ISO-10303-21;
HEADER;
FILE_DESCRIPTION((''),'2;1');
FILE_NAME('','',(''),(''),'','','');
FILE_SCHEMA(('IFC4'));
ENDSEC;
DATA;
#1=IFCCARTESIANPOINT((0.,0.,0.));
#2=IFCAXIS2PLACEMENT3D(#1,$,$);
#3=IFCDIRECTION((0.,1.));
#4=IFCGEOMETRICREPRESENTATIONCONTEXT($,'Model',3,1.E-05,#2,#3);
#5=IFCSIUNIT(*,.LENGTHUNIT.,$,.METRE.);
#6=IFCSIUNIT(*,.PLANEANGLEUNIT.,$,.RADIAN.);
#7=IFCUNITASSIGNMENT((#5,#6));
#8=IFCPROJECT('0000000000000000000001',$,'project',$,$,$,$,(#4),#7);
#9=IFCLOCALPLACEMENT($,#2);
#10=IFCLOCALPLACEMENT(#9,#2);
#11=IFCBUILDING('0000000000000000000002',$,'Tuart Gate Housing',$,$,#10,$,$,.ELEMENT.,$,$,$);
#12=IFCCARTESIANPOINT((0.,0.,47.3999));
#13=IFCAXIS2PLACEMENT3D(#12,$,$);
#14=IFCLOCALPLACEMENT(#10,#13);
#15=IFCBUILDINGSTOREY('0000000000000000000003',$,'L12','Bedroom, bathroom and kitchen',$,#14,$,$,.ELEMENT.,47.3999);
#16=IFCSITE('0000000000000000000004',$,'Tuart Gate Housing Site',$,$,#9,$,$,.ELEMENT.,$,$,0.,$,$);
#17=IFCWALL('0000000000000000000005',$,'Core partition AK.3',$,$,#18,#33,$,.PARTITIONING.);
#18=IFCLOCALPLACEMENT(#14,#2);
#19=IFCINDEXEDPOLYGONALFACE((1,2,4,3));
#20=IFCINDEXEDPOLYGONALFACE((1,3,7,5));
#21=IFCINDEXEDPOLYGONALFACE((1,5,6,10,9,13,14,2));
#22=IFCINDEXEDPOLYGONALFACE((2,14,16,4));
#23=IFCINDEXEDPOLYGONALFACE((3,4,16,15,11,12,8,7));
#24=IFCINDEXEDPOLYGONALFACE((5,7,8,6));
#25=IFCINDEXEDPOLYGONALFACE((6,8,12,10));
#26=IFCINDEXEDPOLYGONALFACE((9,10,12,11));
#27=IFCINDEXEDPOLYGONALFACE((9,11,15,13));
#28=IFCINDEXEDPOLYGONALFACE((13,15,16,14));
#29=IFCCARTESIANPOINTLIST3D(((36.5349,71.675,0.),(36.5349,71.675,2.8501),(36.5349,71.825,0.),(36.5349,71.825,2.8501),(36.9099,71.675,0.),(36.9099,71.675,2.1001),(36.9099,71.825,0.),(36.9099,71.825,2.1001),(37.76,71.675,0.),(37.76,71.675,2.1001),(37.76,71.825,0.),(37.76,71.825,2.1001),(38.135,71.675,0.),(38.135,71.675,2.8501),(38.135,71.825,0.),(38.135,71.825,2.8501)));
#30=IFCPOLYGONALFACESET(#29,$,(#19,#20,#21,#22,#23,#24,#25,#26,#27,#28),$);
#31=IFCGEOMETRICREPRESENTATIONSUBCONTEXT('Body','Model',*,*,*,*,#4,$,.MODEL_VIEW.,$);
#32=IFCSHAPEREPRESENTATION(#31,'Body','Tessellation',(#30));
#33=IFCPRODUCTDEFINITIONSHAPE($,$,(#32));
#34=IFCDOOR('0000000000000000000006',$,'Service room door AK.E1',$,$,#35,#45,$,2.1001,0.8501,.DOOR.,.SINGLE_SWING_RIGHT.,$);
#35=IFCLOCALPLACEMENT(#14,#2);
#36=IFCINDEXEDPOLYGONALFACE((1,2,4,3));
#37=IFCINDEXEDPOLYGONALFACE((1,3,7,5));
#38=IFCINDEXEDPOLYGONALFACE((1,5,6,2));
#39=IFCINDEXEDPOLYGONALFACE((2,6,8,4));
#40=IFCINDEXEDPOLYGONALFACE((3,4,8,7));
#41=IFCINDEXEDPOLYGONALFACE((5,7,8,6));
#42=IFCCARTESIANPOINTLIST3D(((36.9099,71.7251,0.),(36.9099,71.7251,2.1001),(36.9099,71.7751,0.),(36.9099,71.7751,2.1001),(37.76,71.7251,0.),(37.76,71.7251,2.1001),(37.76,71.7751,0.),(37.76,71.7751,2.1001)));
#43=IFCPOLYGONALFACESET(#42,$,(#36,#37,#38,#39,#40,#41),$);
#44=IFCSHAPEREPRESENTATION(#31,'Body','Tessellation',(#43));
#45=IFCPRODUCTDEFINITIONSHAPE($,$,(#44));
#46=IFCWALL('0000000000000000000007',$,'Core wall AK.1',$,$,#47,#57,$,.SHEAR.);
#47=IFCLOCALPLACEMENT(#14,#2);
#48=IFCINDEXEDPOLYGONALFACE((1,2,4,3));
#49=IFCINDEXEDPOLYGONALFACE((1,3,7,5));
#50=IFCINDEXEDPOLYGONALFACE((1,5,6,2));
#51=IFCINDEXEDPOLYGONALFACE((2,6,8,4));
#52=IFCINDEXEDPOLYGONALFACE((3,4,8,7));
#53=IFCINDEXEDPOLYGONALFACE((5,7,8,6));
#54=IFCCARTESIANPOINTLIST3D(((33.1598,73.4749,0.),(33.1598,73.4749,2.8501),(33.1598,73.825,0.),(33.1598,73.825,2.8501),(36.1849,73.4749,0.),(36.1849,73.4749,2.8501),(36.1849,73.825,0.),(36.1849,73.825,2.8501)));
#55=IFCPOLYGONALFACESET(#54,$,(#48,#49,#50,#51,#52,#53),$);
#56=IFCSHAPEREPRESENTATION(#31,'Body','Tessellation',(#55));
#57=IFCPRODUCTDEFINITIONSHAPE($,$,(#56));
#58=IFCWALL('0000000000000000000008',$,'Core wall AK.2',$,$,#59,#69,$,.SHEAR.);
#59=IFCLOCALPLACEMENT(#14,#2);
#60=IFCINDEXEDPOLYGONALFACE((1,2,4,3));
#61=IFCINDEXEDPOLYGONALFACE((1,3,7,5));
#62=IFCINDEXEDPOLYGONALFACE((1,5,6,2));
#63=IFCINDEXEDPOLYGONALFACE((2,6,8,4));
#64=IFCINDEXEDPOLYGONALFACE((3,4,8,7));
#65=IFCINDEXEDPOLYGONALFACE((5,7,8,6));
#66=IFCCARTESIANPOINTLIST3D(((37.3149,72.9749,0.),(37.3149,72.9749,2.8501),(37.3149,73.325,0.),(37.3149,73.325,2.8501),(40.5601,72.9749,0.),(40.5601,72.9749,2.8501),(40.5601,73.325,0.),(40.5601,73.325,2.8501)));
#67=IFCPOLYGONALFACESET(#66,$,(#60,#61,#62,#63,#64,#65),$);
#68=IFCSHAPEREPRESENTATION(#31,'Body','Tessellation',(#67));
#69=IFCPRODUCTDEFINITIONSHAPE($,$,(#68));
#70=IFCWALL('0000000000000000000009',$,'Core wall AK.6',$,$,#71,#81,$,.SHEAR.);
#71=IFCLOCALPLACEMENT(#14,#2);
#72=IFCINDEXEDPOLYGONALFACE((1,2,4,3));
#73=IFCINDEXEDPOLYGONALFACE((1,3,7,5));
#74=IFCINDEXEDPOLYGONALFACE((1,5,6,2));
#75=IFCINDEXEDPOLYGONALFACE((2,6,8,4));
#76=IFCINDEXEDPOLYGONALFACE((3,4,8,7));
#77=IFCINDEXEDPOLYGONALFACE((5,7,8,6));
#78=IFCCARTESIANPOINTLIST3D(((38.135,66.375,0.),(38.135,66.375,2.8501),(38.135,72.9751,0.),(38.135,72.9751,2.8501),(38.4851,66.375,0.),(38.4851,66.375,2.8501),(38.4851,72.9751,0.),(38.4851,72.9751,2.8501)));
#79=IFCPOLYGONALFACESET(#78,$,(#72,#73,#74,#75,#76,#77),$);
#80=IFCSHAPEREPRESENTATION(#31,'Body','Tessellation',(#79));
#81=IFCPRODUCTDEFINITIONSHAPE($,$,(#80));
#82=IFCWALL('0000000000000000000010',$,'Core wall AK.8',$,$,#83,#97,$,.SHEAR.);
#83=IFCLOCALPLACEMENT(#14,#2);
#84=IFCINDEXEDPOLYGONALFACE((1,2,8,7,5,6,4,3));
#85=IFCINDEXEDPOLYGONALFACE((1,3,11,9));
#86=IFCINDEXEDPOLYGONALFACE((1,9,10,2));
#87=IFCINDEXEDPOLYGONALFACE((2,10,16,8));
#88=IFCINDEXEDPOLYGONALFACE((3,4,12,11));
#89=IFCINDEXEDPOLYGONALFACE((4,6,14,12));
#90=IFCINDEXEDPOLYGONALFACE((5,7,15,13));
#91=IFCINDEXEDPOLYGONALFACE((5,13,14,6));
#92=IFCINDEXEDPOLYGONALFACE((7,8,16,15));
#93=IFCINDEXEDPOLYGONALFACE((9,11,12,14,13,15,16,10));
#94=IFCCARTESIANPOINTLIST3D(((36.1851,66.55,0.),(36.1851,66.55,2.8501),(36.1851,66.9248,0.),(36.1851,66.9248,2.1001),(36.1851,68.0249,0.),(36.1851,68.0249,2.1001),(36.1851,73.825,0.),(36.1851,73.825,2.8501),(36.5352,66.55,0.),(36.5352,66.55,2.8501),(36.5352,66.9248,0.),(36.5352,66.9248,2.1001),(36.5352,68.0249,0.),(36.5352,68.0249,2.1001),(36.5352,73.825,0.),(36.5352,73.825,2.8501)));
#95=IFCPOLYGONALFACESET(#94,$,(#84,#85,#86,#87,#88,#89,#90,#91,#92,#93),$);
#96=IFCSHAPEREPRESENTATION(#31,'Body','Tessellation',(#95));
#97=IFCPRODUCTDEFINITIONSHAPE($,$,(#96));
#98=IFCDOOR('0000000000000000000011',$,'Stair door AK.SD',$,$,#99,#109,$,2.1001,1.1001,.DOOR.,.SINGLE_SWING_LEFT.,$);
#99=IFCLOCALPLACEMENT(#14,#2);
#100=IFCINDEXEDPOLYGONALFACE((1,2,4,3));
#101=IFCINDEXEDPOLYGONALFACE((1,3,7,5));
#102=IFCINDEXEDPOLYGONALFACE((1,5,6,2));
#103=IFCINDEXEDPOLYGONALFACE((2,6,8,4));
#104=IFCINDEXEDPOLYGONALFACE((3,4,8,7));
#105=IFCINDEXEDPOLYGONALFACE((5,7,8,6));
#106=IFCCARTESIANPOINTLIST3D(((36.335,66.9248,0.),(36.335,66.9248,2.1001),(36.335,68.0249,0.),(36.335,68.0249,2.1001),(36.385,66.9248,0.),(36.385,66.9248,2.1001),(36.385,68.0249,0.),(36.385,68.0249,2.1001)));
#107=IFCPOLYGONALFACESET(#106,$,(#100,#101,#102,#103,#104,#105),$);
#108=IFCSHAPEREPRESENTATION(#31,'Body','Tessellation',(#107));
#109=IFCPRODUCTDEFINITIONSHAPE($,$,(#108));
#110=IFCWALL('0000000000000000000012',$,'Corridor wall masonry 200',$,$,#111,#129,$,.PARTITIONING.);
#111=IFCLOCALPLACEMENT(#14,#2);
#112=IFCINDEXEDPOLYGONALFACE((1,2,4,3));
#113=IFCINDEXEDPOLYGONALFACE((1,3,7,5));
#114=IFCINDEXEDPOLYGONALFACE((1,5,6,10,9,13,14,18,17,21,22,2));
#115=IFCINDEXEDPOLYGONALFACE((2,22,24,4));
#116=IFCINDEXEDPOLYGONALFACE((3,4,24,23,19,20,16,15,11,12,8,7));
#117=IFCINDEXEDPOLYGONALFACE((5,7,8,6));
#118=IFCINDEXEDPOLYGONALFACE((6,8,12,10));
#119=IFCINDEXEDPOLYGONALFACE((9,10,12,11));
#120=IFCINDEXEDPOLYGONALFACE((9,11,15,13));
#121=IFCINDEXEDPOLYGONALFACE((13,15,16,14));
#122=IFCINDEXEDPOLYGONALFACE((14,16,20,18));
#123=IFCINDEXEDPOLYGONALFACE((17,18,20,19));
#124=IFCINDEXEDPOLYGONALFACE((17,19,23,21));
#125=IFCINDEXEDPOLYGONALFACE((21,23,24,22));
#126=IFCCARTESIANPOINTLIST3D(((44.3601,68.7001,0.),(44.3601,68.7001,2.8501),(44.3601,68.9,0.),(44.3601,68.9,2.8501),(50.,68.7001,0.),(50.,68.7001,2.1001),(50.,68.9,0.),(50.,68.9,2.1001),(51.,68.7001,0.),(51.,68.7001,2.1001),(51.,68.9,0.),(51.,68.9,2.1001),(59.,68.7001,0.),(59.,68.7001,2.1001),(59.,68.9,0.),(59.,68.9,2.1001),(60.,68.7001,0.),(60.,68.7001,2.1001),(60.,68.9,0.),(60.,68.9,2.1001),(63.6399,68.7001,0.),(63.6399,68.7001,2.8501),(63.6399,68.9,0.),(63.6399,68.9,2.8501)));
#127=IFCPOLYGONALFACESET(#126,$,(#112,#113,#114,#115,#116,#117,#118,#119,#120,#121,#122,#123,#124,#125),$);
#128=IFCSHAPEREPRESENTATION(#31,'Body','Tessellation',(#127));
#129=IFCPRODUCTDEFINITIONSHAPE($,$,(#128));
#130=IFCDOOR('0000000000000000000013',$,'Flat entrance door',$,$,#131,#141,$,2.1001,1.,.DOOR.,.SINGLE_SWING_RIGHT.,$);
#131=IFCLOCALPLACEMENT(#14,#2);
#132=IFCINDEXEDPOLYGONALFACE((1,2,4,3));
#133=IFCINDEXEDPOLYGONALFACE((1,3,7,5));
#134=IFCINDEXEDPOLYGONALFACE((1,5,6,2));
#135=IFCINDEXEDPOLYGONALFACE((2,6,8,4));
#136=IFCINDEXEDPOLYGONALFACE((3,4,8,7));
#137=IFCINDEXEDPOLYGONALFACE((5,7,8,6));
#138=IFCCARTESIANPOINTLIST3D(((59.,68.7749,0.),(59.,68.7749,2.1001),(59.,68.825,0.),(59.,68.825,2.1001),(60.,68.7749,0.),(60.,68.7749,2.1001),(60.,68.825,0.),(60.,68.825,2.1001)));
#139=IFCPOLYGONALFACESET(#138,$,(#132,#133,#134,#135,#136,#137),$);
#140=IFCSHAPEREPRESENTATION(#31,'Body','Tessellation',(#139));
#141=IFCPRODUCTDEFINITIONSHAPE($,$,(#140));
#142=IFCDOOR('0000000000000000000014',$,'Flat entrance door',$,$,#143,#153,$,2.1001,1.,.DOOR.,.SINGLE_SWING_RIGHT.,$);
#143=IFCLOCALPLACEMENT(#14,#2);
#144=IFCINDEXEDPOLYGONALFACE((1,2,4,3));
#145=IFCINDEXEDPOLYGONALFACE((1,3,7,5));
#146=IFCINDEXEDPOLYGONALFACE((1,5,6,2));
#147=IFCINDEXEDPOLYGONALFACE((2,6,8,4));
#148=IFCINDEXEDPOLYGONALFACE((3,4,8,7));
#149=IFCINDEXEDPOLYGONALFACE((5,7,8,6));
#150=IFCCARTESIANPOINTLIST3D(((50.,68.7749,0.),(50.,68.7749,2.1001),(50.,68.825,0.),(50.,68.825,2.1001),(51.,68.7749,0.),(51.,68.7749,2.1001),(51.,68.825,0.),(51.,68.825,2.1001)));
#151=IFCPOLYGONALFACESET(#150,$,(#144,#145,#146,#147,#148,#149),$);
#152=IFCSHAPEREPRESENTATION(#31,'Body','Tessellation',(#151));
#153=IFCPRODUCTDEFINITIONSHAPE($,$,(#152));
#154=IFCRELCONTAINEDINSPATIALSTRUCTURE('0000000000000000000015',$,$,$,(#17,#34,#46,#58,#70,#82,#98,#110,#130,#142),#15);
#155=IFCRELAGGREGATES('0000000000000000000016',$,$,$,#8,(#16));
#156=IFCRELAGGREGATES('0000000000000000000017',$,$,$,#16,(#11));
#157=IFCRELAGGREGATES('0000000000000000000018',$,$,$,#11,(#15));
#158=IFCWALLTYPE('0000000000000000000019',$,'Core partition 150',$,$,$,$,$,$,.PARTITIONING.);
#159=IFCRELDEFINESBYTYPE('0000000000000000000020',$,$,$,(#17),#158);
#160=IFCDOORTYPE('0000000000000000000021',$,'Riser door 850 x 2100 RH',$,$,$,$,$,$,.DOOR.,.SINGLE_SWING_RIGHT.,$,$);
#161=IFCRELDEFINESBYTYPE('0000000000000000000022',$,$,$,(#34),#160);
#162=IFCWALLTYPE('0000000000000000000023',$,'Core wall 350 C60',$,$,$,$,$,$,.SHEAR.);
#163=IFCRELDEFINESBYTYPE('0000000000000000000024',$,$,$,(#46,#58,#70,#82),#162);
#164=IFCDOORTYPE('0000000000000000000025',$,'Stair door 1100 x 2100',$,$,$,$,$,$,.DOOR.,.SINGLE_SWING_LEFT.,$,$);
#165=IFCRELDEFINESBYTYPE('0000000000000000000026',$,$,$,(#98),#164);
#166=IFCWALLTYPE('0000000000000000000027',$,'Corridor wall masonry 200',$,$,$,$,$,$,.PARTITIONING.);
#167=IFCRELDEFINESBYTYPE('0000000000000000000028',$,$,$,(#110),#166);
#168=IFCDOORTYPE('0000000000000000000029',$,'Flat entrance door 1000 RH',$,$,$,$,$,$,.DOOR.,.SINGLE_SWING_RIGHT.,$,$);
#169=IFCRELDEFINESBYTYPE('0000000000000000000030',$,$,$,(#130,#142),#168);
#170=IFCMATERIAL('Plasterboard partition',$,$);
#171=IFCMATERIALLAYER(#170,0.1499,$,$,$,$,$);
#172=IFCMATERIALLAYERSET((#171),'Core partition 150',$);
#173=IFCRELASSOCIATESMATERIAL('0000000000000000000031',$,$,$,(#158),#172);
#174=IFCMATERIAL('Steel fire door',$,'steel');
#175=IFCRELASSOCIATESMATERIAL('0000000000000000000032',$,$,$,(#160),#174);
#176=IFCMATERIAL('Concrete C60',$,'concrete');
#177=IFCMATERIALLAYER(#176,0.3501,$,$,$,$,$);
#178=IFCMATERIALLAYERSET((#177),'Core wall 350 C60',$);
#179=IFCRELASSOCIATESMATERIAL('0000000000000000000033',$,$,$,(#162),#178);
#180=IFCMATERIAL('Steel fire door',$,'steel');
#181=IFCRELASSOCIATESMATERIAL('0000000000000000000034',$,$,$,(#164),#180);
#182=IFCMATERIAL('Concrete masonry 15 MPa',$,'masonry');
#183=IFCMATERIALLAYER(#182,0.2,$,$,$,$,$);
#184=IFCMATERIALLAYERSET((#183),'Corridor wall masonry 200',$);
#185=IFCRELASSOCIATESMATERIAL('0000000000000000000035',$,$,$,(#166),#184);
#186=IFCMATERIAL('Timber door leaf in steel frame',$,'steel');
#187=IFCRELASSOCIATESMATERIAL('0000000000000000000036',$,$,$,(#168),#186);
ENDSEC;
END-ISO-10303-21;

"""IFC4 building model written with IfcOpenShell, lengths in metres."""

from ifc_helpers import new_model, si_unit, direction, frame, frame_2d, origin, place, context, subcontext, project, spatial, rectangle, extrude, material, layer, layer_set, type_object, element, fill, save


model = new_model("IFC4")

# Units and contexts
model_context = context("Model", 3, precision=1e-05, world=origin(), true_north=direction((0.0, 1.0)))
body_context = subcontext(model_context, "Body", "Model", "MODEL_VIEW")
ifc_project = project(units=[si_unit("LENGTHUNIT", "METRE"), si_unit("PLANEANGLEUNIT", "RADIAN")], contexts=[model_context])

# Site, building, storey
site_placement = place(None, origin())
site = spatial("IfcSite", under=ifc_project, at=site_placement, Name="Tuart Gate Housing Site", CompositionType="ELEMENT", RefElevation=0.0)
building_placement = place(site_placement, origin())
building = spatial("IfcBuilding", under=site, at=building_placement, Name="Tuart Gate Housing", CompositionType="ELEMENT")
storey_placement = place(building_placement, frame((0.0, 0.0, 47.3999)))
storey = spatial("IfcBuildingStorey", under=building, at=storey_placement, Name="L12", Description="Bedroom, bathroom and kitchen", CompositionType="ELEMENT", Elevation=47.3999)

# Wall, opening, door
ifc_material_1 = material(Name="Plasterboard partition")
ifc_layer_1 = layer(ifc_material_1, 0.1499)
ifc_layer_set_1 = layer_set([ifc_layer_1], Name="Core partition 150")
wall_type_1 = type_object("IfcWallType", Name="Core partition 150", PredefinedType="PARTITIONING", material=ifc_layer_set_1)
wall_1_placement = place(storey_placement, frame((38.135, 71.75, 0.0), z_axis=(0.0, 0.0, 1.0), x_axis=(-1.0, 0.0, 0.0)))
wall_1 = element("IfcWall", 1, at=wall_1_placement, inside=storey, type_object=wall_type_1, Name="Core partition AK.3", PredefinedType="PARTITIONING", context=body_context, shape_type="SweptSolid", body=[
    extrude(rectangle(XDim=1.6001, YDim=0.1499, at=frame_2d((0.8, 0.0))), origin(), (0.0, 0.0, 1.0), 2.8501),
])
opening_1_placement = place(wall_1_placement, frame((0.375, 0.0, 0.0)))
opening_1 = element("IfcOpeningElement", 2, at=opening_1_placement, cuts=wall_1, PredefinedType="OPENING", context=body_context, shape_type="SweptSolid", body=[
    extrude(rectangle(XDim=0.8501, YDim=2.1001, at=frame_2d((0.425, 1.05))), frame((0.0, 0.085, 0.0), z_axis=(0.0, -1.0, 0.0), x_axis=(1.0, 0.0, 0.0)), (0.0, 0.0, 1.0), 0.1699),
])
ifc_material_2 = material(Name="Steel fire door", Category="steel")
door_type_1 = type_object("IfcDoorType", Name="Riser door 850 x 2100 RH", OperationType="SINGLE_SWING_RIGHT", PredefinedType="DOOR", material=ifc_material_2)
door_1_placement = place(opening_1_placement, frame((0.8501, 0.0, 0.0), z_axis=(0.0, 0.0, 1.0), x_axis=(-1.0, 0.0, 0.0)))
door_1 = element("IfcDoor", 3, at=door_1_placement, inside=storey, type_object=door_type_1, Name="Service room door AK.E1", OperationType="SINGLE_SWING_RIGHT", OverallHeight=2.1001, OverallWidth=0.8501, PredefinedType="DOOR", context=body_context, shape_type="SweptSolid", body=[
    extrude(rectangle(XDim=0.8501, YDim=2.1001, at=frame_2d((0.425, 1.05))), frame((0.0, 0.0251, 0.0), z_axis=(0.0, -1.0, 0.0), x_axis=(1.0, 0.0, 0.0)), (0.0, 0.0, 1.0), 0.05),
])
fill(opening_1, door_1)

# Walls
ifc_material_3 = material(Name="Concrete C60", Category="concrete")
ifc_layer_2 = layer(ifc_material_3, 0.3501)
ifc_layer_set_2 = layer_set([ifc_layer_2], Name="Core wall 350 C60")
wall_type_2 = type_object("IfcWallType", Name="Core wall 350 C60", PredefinedType="SHEAR", material=ifc_layer_set_2)
wall_2_placement = place(storey_placement, frame((36.1851, 73.6499, 0.0), z_axis=(0.0, 0.0, 1.0), x_axis=(-1.0, 0.0, 0.0)))
element("IfcWall", 4, at=wall_2_placement, inside=storey, type_object=wall_type_2, Name="Core wall AK.1", PredefinedType="SHEAR", context=body_context, shape_type="SweptSolid", body=[
    extrude(rectangle(XDim=3.0251, YDim=0.3501, at=frame_2d((1.5127, 0.0))), origin(), (0.0, 0.0, 1.0), 2.8501),
])
wall_3_placement = place(storey_placement, frame((40.5601, 73.1499, 0.0), z_axis=(0.0, 0.0, 1.0), x_axis=(-1.0, 0.0, 0.0)))
element("IfcWall", 5, at=wall_3_placement, inside=storey, type_object=wall_type_2, Name="Core wall AK.2", PredefinedType="SHEAR", context=body_context, shape_type="SweptSolid", body=[
    extrude(rectangle(XDim=3.2451, YDim=0.3501, at=frame_2d((1.6226, 0.0))), origin(), (0.0, 0.0, 1.0), 2.8501),
])
wall_4_placement = place(storey_placement, frame((38.3101, 72.9751, 0.0), z_axis=(0.0, 0.0, 1.0), x_axis=(0.0, -1.0, 0.0)))
element("IfcWall", 6, at=wall_4_placement, inside=storey, type_object=wall_type_2, Name="Core wall AK.6", PredefinedType="SHEAR", context=body_context, shape_type="SweptSolid", body=[
    extrude(rectangle(XDim=6.6001, YDim=0.3501, at=frame_2d((3.3, 0.0))), origin(), (0.0, 0.0, 1.0), 2.8501),
])

# Wall, opening, door
wall_5_placement = place(storey_placement, frame((36.3601, 73.825, 0.0), z_axis=(0.0, 0.0, 1.0), x_axis=(0.0, -1.0, 0.0)))
wall_5 = element("IfcWall", 7, at=wall_5_placement, inside=storey, type_object=wall_type_2, Name="Core wall AK.8", PredefinedType="SHEAR", context=body_context, shape_type="SweptSolid", body=[
    extrude(rectangle(XDim=7.2749, YDim=0.3501, at=frame_2d((3.6375, 0.0))), origin(), (0.0, 0.0, 1.0), 2.8501),
])
opening_2_placement = place(wall_5_placement, frame((5.8, 0.0, 0.0)))
opening_2 = element("IfcOpeningElement", 8, at=opening_2_placement, cuts=wall_5, PredefinedType="OPENING", context=body_context, shape_type="SweptSolid", body=[
    extrude(rectangle(XDim=1.1001, YDim=2.1001, at=frame_2d((0.55, 1.05))), frame((0.0, 0.1851, 0.0), z_axis=(0.0, -1.0, 0.0), x_axis=(1.0, 0.0, 0.0)), (0.0, 0.0, 1.0), 0.3701),
])
ifc_material_4 = material(Name="Steel fire door", Category="steel")
door_type_2 = type_object("IfcDoorType", Name="Stair door 1100 x 2100", OperationType="SINGLE_SWING_LEFT", PredefinedType="DOOR", material=ifc_material_4)
door_2_placement = place(opening_2_placement, frame((1.1001, 0.0, 0.0), z_axis=(0.0, 0.0, 1.0), x_axis=(-1.0, 0.0, 0.0)))
door_2 = element("IfcDoor", 9, at=door_2_placement, inside=storey, type_object=door_type_2, Name="Stair door AK.SD", OperationType="SINGLE_SWING_LEFT", OverallHeight=2.1001, OverallWidth=1.1001, PredefinedType="DOOR", context=body_context, shape_type="SweptSolid", body=[
    extrude(rectangle(XDim=1.1001, YDim=2.1001, at=frame_2d((0.55, 1.05))), frame((0.0, 0.0251, 0.0), z_axis=(0.0, -1.0, 0.0), x_axis=(1.0, 0.0, 0.0)), (0.0, 0.0, 1.0), 0.05),
])
fill(opening_2, door_2)

# Wall, openings, doors
ifc_material_5 = material(Name="Concrete masonry 15 MPa", Category="masonry")
ifc_layer_3 = layer(ifc_material_5, 0.2)
ifc_layer_set_3 = layer_set([ifc_layer_3], Name="Corridor wall masonry 200")
wall_type_3 = type_object("IfcWallType", Name="Corridor wall masonry 200", PredefinedType="PARTITIONING", material=ifc_layer_set_3)
wall_6_placement = place(storey_placement, frame((44.3601, 68.8, 0.0), z_axis=(0.0, 0.0, 1.0), x_axis=(1.0, 0.0, 0.0)))
wall_6 = element("IfcWall", 10, at=wall_6_placement, inside=storey, type_object=wall_type_3, Name="Corridor wall masonry 200", PredefinedType="PARTITIONING", context=body_context, shape_type="SweptSolid", body=[
    extrude(rectangle(XDim=19.2798, YDim=0.2, at=frame_2d((9.6399, 0.0))), origin(), (0.0, 0.0, 1.0), 2.8501),
])
opening_3_placement = place(wall_6_placement, frame((14.6399, 0.0, 0.0)))
opening_3 = element("IfcOpeningElement", 11, at=opening_3_placement, cuts=wall_6, PredefinedType="OPENING", context=body_context, shape_type="SweptSolid", body=[
    extrude(rectangle(XDim=1.0, YDim=2.1001, at=frame_2d((0.5, 1.05))), frame((0.0, 0.1099, 0.0), z_axis=(0.0, -1.0, 0.0), x_axis=(1.0, 0.0, 0.0)), (0.0, 0.0, 1.0), 0.22),
])
opening_4_placement = place(wall_6_placement, frame((5.6399, 0.0, 0.0)))
opening_4 = element("IfcOpeningElement", 12, at=opening_4_placement, cuts=wall_6, PredefinedType="OPENING", context=body_context, shape_type="SweptSolid", body=[
    extrude(rectangle(XDim=1.0, YDim=2.1001, at=frame_2d((0.5, 1.05))), frame((0.0, 0.1099, 0.0), z_axis=(0.0, -1.0, 0.0), x_axis=(1.0, 0.0, 0.0)), (0.0, 0.0, 1.0), 0.22),
])
ifc_material_6 = material(Name="Timber door leaf in steel frame", Category="steel")
door_type_3 = type_object("IfcDoorType", Name="Flat entrance door 1000 RH", OperationType="SINGLE_SWING_RIGHT", PredefinedType="DOOR", material=ifc_material_6)
door_3_placement = place(opening_3_placement, frame((1.0, 0.0, 0.0), z_axis=(0.0, 0.0, 1.0), x_axis=(-1.0, 0.0, 0.0)))
door_3 = element("IfcDoor", 13, at=door_3_placement, inside=storey, type_object=door_type_3, Name="Flat entrance door", OperationType="SINGLE_SWING_RIGHT", OverallHeight=2.1001, OverallWidth=1.0, PredefinedType="DOOR", context=body_context, shape_type="SweptSolid", body=[
    extrude(rectangle(XDim=1.0, YDim=2.1001, at=frame_2d((0.5, 1.05))), frame((0.0, 0.0251, 0.0), z_axis=(0.0, -1.0, 0.0), x_axis=(1.0, 0.0, 0.0)), (0.0, 0.0, 1.0), 0.05),
])
fill(opening_3, door_3)
door_4_placement = place(opening_4_placement, frame((1.0, 0.0, 0.0), z_axis=(0.0, 0.0, 1.0), x_axis=(-1.0, 0.0, 0.0)))
door_4 = element("IfcDoor", 14, at=door_4_placement, inside=storey, type_object=door_type_3, Name="Flat entrance door", OperationType="SINGLE_SWING_RIGHT", OverallHeight=2.1001, OverallWidth=1.0, PredefinedType="DOOR", context=body_context, shape_type="SweptSolid", body=[
    extrude(rectangle(XDim=1.0, YDim=2.1001, at=frame_2d((0.5, 1.05))), frame((0.0, 0.0251, 0.0), z_axis=(0.0, -1.0, 0.0), x_axis=(1.0, 0.0, 0.0)), (0.0, 0.0, 1.0), 0.05),
])
fill(opening_4, door_4)

save(model, "model.ifc")
